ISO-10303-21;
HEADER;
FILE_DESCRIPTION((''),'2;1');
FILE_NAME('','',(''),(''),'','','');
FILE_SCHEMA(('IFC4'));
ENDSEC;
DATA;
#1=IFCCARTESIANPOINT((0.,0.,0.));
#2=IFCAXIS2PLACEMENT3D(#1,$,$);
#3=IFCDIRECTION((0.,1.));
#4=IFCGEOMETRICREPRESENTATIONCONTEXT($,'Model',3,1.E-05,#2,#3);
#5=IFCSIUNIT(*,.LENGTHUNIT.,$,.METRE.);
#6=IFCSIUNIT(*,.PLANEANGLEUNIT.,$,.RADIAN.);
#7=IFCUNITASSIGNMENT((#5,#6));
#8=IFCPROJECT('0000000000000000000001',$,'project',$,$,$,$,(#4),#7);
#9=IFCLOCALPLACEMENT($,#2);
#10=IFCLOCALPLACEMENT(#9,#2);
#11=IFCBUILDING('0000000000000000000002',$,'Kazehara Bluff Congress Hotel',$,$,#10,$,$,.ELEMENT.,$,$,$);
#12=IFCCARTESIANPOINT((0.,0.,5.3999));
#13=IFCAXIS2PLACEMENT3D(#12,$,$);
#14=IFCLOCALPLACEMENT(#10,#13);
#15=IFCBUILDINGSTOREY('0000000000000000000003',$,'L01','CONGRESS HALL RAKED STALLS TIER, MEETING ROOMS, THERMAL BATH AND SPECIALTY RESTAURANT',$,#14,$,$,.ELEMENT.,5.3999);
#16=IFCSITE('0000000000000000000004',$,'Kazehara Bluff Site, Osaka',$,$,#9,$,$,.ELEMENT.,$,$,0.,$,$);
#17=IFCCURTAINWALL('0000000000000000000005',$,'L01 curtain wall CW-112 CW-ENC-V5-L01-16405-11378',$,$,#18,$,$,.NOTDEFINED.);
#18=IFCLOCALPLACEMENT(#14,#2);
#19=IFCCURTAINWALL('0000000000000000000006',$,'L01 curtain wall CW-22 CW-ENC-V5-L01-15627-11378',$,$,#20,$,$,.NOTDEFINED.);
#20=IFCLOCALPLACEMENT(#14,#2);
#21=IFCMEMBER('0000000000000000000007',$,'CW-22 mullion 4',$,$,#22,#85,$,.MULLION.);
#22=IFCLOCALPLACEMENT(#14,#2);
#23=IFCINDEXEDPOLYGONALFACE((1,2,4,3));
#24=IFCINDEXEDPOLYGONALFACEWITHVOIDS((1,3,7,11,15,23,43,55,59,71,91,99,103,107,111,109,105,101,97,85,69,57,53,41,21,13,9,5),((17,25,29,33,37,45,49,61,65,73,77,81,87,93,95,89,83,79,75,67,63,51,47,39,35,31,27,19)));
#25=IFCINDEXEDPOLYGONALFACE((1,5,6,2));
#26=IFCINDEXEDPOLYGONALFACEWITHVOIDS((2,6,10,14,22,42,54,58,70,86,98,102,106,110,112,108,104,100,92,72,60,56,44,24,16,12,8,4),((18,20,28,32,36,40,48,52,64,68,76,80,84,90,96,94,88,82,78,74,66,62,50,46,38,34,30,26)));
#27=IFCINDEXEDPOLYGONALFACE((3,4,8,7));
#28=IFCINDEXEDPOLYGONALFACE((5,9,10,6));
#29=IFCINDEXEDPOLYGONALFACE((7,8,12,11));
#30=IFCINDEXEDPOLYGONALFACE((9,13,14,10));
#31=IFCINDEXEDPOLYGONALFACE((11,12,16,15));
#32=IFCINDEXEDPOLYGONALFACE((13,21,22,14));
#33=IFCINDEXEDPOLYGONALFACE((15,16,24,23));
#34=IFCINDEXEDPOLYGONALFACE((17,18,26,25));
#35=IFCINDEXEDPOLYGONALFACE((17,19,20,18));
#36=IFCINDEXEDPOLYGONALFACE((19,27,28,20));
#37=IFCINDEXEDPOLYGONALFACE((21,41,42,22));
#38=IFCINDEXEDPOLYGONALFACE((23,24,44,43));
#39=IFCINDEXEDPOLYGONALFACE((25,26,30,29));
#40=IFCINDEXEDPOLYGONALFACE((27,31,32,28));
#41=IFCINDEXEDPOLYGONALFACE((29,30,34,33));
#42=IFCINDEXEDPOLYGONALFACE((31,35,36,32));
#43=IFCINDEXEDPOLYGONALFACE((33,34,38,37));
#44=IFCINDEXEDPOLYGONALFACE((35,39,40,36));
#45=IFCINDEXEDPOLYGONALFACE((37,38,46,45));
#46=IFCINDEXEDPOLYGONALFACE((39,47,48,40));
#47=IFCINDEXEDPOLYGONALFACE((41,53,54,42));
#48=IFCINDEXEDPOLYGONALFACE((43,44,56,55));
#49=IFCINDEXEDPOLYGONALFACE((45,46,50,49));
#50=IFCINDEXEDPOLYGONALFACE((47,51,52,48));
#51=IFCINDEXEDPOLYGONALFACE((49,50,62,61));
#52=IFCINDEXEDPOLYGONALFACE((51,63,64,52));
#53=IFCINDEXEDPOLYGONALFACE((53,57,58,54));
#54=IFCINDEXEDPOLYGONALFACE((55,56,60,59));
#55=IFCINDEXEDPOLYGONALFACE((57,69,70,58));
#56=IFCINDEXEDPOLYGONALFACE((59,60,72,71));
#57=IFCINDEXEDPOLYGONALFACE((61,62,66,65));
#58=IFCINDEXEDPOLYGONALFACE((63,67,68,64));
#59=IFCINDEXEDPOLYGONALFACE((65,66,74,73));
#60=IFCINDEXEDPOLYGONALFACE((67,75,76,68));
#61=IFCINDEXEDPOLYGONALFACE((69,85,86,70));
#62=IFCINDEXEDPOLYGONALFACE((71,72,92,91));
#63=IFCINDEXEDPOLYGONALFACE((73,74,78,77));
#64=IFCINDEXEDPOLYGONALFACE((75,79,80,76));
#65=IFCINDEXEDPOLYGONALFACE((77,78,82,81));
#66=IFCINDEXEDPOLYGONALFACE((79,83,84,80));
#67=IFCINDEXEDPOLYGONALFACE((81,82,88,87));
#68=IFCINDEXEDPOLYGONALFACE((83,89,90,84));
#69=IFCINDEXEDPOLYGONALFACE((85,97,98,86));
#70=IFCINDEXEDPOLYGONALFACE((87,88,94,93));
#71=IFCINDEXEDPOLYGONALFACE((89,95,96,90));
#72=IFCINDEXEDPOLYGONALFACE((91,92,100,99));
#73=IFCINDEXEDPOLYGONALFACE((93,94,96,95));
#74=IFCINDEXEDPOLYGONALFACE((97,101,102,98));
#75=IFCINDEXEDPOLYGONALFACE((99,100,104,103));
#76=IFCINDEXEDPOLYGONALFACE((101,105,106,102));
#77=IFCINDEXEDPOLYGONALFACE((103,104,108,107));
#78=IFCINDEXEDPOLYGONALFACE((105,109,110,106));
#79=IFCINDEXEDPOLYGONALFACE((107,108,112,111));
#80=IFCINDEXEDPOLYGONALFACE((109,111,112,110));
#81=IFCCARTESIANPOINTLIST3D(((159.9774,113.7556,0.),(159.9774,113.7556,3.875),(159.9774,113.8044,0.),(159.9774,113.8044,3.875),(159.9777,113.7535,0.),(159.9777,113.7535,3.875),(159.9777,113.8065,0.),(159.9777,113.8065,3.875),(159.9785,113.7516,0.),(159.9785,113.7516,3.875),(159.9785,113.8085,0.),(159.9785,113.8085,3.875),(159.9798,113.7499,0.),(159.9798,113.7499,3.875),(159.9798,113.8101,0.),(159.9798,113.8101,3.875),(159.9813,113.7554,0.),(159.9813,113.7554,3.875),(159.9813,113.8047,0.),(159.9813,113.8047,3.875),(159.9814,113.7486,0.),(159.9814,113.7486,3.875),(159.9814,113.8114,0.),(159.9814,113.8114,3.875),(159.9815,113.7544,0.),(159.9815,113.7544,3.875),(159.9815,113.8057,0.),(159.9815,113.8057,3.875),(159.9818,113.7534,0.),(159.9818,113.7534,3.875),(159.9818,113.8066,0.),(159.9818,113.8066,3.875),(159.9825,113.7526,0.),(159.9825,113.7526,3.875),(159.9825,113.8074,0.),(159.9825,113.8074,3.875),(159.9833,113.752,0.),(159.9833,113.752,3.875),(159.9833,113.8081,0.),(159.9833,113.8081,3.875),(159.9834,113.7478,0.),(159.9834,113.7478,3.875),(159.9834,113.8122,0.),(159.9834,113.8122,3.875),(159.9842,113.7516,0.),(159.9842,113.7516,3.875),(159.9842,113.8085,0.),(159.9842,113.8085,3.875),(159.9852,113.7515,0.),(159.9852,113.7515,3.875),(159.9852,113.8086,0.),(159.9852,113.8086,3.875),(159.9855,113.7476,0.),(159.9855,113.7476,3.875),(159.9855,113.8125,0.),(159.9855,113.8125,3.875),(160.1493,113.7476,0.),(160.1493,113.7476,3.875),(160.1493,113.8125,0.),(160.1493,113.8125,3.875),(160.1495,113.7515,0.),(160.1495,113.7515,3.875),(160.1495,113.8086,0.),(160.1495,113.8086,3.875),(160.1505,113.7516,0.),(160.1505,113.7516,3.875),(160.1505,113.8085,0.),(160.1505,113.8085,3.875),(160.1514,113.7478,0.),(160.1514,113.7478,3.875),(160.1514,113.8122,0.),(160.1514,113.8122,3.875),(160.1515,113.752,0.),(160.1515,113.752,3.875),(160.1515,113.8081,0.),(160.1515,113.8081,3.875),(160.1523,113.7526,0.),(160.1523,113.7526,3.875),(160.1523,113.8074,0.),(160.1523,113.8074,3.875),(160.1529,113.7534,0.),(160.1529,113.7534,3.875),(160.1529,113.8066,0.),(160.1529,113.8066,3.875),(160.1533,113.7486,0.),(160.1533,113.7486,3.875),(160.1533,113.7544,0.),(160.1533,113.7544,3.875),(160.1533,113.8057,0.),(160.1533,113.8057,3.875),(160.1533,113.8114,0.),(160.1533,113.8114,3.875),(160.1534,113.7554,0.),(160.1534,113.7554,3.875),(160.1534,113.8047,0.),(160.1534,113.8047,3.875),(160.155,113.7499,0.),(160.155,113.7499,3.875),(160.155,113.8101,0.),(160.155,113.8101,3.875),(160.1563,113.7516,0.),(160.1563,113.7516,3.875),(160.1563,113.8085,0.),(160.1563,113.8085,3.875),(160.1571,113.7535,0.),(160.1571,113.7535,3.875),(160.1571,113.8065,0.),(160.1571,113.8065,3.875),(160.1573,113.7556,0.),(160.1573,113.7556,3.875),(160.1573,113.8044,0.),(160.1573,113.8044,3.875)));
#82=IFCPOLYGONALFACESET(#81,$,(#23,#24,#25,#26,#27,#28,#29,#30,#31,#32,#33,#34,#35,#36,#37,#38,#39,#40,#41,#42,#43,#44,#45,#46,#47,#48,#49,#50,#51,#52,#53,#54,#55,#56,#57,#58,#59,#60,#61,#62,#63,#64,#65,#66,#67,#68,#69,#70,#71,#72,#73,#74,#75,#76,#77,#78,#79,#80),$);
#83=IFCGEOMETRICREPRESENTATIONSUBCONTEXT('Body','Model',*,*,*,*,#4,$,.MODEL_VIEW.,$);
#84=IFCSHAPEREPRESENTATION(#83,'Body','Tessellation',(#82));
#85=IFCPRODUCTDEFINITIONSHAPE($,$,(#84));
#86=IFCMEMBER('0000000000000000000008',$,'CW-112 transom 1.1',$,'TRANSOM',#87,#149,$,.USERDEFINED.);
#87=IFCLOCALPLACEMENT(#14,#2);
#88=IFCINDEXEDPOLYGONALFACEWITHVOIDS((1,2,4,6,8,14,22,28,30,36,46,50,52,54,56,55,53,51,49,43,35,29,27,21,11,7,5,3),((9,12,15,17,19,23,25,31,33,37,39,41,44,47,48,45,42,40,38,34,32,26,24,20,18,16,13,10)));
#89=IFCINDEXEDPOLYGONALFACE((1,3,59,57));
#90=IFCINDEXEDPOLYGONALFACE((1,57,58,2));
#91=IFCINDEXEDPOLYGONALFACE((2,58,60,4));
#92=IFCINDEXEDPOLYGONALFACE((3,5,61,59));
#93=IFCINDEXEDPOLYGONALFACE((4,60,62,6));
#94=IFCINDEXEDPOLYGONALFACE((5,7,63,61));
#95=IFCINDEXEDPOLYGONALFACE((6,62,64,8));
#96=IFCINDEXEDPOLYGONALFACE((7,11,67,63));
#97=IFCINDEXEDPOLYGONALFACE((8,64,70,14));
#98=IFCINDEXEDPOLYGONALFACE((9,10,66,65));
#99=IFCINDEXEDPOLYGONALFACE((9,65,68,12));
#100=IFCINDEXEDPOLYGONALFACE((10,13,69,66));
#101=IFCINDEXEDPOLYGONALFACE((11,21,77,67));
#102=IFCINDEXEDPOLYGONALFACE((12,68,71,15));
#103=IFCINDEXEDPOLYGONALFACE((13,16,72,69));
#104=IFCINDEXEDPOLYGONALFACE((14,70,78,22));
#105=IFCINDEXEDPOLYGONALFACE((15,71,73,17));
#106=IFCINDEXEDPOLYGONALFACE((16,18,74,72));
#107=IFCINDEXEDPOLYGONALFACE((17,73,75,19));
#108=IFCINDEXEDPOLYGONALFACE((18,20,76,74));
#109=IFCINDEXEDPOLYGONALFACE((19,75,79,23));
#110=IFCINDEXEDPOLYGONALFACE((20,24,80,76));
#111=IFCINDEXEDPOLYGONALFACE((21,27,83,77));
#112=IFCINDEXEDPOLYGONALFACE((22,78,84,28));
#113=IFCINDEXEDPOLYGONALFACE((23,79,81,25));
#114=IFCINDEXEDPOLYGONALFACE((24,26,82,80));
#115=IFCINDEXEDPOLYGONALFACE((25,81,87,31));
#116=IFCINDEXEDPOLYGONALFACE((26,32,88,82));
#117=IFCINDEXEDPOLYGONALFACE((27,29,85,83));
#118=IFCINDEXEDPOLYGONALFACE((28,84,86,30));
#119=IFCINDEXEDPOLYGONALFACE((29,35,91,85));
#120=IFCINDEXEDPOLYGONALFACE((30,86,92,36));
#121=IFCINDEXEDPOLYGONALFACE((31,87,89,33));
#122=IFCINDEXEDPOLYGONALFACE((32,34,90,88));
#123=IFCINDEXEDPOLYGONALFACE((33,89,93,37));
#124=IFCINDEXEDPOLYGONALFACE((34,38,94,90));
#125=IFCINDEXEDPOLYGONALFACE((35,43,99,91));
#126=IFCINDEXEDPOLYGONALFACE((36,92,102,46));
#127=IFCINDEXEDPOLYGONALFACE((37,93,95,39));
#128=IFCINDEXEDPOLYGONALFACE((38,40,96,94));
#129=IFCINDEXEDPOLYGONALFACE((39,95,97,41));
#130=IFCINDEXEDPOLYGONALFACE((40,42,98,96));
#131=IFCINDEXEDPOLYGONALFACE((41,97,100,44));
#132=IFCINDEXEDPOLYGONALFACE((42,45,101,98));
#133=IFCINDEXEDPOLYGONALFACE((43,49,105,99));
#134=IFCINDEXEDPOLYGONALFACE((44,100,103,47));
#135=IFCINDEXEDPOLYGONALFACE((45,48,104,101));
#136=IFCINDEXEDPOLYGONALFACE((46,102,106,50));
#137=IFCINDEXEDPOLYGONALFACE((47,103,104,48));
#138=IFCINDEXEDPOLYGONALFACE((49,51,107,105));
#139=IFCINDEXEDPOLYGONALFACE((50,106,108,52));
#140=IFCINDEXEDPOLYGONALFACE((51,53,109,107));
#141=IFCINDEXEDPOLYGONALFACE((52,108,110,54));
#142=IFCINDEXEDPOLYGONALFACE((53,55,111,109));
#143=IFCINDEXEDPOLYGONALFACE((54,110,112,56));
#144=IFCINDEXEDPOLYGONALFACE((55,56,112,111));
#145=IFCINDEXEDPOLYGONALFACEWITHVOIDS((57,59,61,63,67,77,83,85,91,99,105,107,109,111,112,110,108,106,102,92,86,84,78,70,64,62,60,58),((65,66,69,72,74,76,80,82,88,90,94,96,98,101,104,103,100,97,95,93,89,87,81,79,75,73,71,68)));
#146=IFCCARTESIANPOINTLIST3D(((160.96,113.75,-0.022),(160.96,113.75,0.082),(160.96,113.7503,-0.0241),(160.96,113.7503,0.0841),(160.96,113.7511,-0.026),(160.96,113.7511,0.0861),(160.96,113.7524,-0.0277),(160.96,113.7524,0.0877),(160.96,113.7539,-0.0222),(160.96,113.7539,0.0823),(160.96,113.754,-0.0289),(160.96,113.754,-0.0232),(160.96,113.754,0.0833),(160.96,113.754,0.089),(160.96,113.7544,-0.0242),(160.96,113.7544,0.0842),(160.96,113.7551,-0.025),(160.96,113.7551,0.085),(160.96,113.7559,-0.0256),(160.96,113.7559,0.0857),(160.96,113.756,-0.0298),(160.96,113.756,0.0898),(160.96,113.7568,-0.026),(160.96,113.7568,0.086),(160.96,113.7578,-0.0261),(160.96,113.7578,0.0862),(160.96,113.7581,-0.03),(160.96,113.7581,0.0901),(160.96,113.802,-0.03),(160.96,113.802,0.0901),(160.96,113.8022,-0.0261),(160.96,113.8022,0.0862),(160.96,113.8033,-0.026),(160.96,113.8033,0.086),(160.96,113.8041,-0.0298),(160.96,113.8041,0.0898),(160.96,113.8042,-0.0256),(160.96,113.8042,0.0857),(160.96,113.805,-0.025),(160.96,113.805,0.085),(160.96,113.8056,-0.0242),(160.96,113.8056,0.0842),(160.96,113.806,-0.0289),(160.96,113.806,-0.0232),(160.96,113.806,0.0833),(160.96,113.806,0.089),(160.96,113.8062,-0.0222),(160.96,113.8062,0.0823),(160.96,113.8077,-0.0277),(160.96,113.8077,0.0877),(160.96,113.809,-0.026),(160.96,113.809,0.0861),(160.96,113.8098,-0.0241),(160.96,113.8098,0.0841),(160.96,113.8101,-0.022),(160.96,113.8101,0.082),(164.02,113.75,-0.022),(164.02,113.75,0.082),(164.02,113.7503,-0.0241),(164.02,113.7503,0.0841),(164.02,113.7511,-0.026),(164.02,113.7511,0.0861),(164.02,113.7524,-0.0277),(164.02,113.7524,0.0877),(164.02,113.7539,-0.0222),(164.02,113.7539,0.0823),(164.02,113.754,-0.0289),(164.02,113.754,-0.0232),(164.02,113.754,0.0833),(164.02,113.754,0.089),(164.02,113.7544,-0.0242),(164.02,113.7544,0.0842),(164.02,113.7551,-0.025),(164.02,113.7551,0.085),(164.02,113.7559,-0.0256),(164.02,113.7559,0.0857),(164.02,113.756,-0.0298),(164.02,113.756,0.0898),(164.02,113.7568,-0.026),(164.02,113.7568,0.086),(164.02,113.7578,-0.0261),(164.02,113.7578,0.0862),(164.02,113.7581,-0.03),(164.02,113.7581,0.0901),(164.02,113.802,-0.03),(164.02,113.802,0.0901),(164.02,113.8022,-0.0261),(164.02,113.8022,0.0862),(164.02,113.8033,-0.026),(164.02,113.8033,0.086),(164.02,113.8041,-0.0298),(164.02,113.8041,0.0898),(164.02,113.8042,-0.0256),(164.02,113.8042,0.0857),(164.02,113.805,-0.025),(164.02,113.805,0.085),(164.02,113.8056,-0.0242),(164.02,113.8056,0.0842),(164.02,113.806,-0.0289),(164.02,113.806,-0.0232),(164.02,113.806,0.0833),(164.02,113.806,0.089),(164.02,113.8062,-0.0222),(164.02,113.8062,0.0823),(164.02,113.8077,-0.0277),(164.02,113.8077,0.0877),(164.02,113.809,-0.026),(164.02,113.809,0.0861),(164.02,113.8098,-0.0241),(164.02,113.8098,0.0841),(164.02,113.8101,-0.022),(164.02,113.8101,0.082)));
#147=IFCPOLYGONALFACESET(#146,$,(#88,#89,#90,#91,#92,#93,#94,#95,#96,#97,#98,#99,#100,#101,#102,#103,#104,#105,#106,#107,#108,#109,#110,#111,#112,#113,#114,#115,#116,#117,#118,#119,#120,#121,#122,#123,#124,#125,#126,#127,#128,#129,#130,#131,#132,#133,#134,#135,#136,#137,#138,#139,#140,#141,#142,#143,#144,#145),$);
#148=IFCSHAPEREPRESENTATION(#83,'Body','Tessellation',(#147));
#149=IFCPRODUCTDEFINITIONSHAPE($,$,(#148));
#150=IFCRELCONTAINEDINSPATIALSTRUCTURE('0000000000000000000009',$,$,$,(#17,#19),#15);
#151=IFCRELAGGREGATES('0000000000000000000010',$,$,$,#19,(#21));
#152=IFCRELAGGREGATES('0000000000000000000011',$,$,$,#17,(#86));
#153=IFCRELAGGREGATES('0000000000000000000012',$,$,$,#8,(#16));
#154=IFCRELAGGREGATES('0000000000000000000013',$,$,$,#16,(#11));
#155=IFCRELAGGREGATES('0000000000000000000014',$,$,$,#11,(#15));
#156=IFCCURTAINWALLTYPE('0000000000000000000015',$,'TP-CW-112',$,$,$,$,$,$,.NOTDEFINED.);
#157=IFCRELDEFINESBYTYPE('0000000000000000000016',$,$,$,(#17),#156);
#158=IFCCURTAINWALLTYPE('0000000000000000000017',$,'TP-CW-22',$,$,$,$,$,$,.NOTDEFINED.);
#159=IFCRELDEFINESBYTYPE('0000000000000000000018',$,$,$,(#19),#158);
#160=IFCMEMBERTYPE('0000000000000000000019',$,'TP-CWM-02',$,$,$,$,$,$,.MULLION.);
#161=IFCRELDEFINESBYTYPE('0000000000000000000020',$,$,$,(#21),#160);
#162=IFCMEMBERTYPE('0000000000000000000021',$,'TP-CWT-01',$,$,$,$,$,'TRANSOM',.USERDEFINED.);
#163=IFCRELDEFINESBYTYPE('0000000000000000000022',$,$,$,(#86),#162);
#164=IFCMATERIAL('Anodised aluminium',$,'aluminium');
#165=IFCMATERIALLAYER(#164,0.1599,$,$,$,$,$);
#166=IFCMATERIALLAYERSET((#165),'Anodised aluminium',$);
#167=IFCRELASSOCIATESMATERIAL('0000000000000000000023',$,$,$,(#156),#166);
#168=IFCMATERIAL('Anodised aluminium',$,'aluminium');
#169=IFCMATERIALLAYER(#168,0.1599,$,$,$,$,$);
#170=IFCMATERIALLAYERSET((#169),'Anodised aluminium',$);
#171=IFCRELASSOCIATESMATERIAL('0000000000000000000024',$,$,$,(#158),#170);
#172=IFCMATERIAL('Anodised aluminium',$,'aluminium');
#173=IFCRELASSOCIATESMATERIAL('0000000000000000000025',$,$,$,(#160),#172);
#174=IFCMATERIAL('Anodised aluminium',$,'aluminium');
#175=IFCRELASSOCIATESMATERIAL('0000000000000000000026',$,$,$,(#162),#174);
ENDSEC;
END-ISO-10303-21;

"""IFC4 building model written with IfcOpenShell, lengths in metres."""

from ifc_helpers import new_model, si_unit, direction, frame, origin, origin_2d, place, context, subcontext, project, spatial, hollow_rectangle, extrude, material, layer, layer_set, material_profile, profile_set, type_object, element, aggregate, save


model = new_model("IFC4")

# Units and contexts
model_context = context("Model", 3, precision=1e-05, world=origin(), true_north=direction((0.0, 1.0)))
body_context = subcontext(model_context, "Body", "Model", "MODEL_VIEW")
ifc_project = project(units=[si_unit("LENGTHUNIT", "METRE"), si_unit("PLANEANGLEUNIT", "RADIAN")], contexts=[model_context])

# Site, building, storey
site_placement = place(None, origin())
site = spatial("IfcSite", under=ifc_project, at=site_placement, Name="Kazehara Bluff Site, Osaka", CompositionType="ELEMENT", RefElevation=0.0)
building_placement = place(site_placement, origin())
building = spatial("IfcBuilding", under=site, at=building_placement, Name="Kazehara Bluff Congress Hotel", CompositionType="ELEMENT")
storey_placement = place(building_placement, frame((0.0, 0.0, 5.3999)))
storey = spatial("IfcBuildingStorey", under=building, at=storey_placement, Name="L01", Description="CONGRESS HALL RAKED STALLS TIER, MEETING ROOMS, THERMAL BATH AND SPECIALTY RESTAURANT", CompositionType="ELEMENT", Elevation=5.3999)

# Curtain walls, member
ifc_material_1 = material(Name="Anodised aluminium", Category="aluminium")
ifc_layer_1 = layer(ifc_material_1, 0.1599)
ifc_layer_set_1 = layer_set([ifc_layer_1], Name="Anodised aluminium")
curtain_wall_type_1 = type_object("IfcCurtainWallType", Name="TP-CW-112", PredefinedType="NOTDEFINED", material=ifc_layer_set_1)
curtain_wall_1_placement = place(storey_placement, origin())
curtain_wall_1 = element("IfcCurtainWall", 1, at=curtain_wall_1_placement, inside=storey, type_object=curtain_wall_type_1, Name="L01 curtain wall CW-112 CW-ENC-V5-L01-16405-11378", PredefinedType="NOTDEFINED")
ifc_material_2 = material(Name="Anodised aluminium", Category="aluminium")
ifc_layer_2 = layer(ifc_material_2, 0.1599)
ifc_layer_set_2 = layer_set([ifc_layer_2], Name="Anodised aluminium")
curtain_wall_type_2 = type_object("IfcCurtainWallType", Name="TP-CW-22", PredefinedType="NOTDEFINED", material=ifc_layer_set_2)
curtain_wall_2_placement = place(storey_placement, origin())
curtain_wall_2 = element("IfcCurtainWall", 2, at=curtain_wall_2_placement, inside=storey, type_object=curtain_wall_type_2, Name="L01 curtain wall CW-22 CW-ENC-V5-L01-15627-11378", PredefinedType="NOTDEFINED")
ifc_material_3 = material(Name="Anodised aluminium", Category="aluminium")
ifc_material_profile_1 = material_profile(ifc_material_3, hollow_rectangle(XDim=0.0649, YDim=0.1799, WallThickness=0.0039, InnerFilletRadius=0.0039, OuterFilletRadius=0.0081, at=origin_2d()))
ifc_profile_set_1 = profile_set([ifc_material_profile_1], Name="Anodised aluminium")
member_type_1 = type_object("IfcMemberType", Name="TP-CWM-02", PredefinedType="MULLION", material=ifc_profile_set_1)
member_1_placement = place(storey_placement, frame((160.0674, 113.78, 0.0), z_axis=(0.0, 0.0, 1.0), x_axis=(0.0, 1.0, 0.0)))
member_1 = element("IfcMember", 3, at=member_1_placement, type_object=member_type_1, Name="CW-22 mullion 4", PredefinedType="MULLION", context=body_context, shape_type="SweptSolid", body=[
    extrude(hollow_rectangle(XDim=0.0649, YDim=0.1799, WallThickness=0.0039, InnerFilletRadius=0.0039, OuterFilletRadius=0.0081, at=origin_2d()), origin(), (0.0, 0.0, 1.0), 3.875),
])

# Member
ifc_material_4 = material(Name="Anodised aluminium", Category="aluminium")
ifc_material_profile_2 = material_profile(ifc_material_4, hollow_rectangle(XDim=0.0601, YDim=0.1201, WallThickness=0.0039, InnerFilletRadius=0.0039, OuterFilletRadius=0.0081, at=origin_2d()))
ifc_profile_set_2 = profile_set([ifc_material_profile_2], Name="Anodised aluminium")
member_type_2 = type_object("IfcMemberType", Name="TP-CWT-01", ElementType="TRANSOM", PredefinedType="USERDEFINED", material=ifc_profile_set_2)
member_2_placement = place(storey_placement, frame((160.96, 113.78, 0.03), z_axis=(1.0, 0.0, 0.0), x_axis=(0.0, 1.0, 0.0)))
member_2 = element("IfcMember", 4, at=member_2_placement, type_object=member_type_2, Name="CW-112 transom 1.1", ObjectType="TRANSOM", PredefinedType="USERDEFINED", context=body_context, shape_type="SweptSolid", body=[
    extrude(hollow_rectangle(XDim=0.0601, YDim=0.1201, WallThickness=0.0039, InnerFilletRadius=0.0039, OuterFilletRadius=0.0081, at=origin_2d()), origin(), (0.0, 0.0, 1.0), 3.0601),
])

aggregate(curtain_wall_2, [member_1])
aggregate(curtain_wall_1, [member_2])

save(model, "model.ifc")
